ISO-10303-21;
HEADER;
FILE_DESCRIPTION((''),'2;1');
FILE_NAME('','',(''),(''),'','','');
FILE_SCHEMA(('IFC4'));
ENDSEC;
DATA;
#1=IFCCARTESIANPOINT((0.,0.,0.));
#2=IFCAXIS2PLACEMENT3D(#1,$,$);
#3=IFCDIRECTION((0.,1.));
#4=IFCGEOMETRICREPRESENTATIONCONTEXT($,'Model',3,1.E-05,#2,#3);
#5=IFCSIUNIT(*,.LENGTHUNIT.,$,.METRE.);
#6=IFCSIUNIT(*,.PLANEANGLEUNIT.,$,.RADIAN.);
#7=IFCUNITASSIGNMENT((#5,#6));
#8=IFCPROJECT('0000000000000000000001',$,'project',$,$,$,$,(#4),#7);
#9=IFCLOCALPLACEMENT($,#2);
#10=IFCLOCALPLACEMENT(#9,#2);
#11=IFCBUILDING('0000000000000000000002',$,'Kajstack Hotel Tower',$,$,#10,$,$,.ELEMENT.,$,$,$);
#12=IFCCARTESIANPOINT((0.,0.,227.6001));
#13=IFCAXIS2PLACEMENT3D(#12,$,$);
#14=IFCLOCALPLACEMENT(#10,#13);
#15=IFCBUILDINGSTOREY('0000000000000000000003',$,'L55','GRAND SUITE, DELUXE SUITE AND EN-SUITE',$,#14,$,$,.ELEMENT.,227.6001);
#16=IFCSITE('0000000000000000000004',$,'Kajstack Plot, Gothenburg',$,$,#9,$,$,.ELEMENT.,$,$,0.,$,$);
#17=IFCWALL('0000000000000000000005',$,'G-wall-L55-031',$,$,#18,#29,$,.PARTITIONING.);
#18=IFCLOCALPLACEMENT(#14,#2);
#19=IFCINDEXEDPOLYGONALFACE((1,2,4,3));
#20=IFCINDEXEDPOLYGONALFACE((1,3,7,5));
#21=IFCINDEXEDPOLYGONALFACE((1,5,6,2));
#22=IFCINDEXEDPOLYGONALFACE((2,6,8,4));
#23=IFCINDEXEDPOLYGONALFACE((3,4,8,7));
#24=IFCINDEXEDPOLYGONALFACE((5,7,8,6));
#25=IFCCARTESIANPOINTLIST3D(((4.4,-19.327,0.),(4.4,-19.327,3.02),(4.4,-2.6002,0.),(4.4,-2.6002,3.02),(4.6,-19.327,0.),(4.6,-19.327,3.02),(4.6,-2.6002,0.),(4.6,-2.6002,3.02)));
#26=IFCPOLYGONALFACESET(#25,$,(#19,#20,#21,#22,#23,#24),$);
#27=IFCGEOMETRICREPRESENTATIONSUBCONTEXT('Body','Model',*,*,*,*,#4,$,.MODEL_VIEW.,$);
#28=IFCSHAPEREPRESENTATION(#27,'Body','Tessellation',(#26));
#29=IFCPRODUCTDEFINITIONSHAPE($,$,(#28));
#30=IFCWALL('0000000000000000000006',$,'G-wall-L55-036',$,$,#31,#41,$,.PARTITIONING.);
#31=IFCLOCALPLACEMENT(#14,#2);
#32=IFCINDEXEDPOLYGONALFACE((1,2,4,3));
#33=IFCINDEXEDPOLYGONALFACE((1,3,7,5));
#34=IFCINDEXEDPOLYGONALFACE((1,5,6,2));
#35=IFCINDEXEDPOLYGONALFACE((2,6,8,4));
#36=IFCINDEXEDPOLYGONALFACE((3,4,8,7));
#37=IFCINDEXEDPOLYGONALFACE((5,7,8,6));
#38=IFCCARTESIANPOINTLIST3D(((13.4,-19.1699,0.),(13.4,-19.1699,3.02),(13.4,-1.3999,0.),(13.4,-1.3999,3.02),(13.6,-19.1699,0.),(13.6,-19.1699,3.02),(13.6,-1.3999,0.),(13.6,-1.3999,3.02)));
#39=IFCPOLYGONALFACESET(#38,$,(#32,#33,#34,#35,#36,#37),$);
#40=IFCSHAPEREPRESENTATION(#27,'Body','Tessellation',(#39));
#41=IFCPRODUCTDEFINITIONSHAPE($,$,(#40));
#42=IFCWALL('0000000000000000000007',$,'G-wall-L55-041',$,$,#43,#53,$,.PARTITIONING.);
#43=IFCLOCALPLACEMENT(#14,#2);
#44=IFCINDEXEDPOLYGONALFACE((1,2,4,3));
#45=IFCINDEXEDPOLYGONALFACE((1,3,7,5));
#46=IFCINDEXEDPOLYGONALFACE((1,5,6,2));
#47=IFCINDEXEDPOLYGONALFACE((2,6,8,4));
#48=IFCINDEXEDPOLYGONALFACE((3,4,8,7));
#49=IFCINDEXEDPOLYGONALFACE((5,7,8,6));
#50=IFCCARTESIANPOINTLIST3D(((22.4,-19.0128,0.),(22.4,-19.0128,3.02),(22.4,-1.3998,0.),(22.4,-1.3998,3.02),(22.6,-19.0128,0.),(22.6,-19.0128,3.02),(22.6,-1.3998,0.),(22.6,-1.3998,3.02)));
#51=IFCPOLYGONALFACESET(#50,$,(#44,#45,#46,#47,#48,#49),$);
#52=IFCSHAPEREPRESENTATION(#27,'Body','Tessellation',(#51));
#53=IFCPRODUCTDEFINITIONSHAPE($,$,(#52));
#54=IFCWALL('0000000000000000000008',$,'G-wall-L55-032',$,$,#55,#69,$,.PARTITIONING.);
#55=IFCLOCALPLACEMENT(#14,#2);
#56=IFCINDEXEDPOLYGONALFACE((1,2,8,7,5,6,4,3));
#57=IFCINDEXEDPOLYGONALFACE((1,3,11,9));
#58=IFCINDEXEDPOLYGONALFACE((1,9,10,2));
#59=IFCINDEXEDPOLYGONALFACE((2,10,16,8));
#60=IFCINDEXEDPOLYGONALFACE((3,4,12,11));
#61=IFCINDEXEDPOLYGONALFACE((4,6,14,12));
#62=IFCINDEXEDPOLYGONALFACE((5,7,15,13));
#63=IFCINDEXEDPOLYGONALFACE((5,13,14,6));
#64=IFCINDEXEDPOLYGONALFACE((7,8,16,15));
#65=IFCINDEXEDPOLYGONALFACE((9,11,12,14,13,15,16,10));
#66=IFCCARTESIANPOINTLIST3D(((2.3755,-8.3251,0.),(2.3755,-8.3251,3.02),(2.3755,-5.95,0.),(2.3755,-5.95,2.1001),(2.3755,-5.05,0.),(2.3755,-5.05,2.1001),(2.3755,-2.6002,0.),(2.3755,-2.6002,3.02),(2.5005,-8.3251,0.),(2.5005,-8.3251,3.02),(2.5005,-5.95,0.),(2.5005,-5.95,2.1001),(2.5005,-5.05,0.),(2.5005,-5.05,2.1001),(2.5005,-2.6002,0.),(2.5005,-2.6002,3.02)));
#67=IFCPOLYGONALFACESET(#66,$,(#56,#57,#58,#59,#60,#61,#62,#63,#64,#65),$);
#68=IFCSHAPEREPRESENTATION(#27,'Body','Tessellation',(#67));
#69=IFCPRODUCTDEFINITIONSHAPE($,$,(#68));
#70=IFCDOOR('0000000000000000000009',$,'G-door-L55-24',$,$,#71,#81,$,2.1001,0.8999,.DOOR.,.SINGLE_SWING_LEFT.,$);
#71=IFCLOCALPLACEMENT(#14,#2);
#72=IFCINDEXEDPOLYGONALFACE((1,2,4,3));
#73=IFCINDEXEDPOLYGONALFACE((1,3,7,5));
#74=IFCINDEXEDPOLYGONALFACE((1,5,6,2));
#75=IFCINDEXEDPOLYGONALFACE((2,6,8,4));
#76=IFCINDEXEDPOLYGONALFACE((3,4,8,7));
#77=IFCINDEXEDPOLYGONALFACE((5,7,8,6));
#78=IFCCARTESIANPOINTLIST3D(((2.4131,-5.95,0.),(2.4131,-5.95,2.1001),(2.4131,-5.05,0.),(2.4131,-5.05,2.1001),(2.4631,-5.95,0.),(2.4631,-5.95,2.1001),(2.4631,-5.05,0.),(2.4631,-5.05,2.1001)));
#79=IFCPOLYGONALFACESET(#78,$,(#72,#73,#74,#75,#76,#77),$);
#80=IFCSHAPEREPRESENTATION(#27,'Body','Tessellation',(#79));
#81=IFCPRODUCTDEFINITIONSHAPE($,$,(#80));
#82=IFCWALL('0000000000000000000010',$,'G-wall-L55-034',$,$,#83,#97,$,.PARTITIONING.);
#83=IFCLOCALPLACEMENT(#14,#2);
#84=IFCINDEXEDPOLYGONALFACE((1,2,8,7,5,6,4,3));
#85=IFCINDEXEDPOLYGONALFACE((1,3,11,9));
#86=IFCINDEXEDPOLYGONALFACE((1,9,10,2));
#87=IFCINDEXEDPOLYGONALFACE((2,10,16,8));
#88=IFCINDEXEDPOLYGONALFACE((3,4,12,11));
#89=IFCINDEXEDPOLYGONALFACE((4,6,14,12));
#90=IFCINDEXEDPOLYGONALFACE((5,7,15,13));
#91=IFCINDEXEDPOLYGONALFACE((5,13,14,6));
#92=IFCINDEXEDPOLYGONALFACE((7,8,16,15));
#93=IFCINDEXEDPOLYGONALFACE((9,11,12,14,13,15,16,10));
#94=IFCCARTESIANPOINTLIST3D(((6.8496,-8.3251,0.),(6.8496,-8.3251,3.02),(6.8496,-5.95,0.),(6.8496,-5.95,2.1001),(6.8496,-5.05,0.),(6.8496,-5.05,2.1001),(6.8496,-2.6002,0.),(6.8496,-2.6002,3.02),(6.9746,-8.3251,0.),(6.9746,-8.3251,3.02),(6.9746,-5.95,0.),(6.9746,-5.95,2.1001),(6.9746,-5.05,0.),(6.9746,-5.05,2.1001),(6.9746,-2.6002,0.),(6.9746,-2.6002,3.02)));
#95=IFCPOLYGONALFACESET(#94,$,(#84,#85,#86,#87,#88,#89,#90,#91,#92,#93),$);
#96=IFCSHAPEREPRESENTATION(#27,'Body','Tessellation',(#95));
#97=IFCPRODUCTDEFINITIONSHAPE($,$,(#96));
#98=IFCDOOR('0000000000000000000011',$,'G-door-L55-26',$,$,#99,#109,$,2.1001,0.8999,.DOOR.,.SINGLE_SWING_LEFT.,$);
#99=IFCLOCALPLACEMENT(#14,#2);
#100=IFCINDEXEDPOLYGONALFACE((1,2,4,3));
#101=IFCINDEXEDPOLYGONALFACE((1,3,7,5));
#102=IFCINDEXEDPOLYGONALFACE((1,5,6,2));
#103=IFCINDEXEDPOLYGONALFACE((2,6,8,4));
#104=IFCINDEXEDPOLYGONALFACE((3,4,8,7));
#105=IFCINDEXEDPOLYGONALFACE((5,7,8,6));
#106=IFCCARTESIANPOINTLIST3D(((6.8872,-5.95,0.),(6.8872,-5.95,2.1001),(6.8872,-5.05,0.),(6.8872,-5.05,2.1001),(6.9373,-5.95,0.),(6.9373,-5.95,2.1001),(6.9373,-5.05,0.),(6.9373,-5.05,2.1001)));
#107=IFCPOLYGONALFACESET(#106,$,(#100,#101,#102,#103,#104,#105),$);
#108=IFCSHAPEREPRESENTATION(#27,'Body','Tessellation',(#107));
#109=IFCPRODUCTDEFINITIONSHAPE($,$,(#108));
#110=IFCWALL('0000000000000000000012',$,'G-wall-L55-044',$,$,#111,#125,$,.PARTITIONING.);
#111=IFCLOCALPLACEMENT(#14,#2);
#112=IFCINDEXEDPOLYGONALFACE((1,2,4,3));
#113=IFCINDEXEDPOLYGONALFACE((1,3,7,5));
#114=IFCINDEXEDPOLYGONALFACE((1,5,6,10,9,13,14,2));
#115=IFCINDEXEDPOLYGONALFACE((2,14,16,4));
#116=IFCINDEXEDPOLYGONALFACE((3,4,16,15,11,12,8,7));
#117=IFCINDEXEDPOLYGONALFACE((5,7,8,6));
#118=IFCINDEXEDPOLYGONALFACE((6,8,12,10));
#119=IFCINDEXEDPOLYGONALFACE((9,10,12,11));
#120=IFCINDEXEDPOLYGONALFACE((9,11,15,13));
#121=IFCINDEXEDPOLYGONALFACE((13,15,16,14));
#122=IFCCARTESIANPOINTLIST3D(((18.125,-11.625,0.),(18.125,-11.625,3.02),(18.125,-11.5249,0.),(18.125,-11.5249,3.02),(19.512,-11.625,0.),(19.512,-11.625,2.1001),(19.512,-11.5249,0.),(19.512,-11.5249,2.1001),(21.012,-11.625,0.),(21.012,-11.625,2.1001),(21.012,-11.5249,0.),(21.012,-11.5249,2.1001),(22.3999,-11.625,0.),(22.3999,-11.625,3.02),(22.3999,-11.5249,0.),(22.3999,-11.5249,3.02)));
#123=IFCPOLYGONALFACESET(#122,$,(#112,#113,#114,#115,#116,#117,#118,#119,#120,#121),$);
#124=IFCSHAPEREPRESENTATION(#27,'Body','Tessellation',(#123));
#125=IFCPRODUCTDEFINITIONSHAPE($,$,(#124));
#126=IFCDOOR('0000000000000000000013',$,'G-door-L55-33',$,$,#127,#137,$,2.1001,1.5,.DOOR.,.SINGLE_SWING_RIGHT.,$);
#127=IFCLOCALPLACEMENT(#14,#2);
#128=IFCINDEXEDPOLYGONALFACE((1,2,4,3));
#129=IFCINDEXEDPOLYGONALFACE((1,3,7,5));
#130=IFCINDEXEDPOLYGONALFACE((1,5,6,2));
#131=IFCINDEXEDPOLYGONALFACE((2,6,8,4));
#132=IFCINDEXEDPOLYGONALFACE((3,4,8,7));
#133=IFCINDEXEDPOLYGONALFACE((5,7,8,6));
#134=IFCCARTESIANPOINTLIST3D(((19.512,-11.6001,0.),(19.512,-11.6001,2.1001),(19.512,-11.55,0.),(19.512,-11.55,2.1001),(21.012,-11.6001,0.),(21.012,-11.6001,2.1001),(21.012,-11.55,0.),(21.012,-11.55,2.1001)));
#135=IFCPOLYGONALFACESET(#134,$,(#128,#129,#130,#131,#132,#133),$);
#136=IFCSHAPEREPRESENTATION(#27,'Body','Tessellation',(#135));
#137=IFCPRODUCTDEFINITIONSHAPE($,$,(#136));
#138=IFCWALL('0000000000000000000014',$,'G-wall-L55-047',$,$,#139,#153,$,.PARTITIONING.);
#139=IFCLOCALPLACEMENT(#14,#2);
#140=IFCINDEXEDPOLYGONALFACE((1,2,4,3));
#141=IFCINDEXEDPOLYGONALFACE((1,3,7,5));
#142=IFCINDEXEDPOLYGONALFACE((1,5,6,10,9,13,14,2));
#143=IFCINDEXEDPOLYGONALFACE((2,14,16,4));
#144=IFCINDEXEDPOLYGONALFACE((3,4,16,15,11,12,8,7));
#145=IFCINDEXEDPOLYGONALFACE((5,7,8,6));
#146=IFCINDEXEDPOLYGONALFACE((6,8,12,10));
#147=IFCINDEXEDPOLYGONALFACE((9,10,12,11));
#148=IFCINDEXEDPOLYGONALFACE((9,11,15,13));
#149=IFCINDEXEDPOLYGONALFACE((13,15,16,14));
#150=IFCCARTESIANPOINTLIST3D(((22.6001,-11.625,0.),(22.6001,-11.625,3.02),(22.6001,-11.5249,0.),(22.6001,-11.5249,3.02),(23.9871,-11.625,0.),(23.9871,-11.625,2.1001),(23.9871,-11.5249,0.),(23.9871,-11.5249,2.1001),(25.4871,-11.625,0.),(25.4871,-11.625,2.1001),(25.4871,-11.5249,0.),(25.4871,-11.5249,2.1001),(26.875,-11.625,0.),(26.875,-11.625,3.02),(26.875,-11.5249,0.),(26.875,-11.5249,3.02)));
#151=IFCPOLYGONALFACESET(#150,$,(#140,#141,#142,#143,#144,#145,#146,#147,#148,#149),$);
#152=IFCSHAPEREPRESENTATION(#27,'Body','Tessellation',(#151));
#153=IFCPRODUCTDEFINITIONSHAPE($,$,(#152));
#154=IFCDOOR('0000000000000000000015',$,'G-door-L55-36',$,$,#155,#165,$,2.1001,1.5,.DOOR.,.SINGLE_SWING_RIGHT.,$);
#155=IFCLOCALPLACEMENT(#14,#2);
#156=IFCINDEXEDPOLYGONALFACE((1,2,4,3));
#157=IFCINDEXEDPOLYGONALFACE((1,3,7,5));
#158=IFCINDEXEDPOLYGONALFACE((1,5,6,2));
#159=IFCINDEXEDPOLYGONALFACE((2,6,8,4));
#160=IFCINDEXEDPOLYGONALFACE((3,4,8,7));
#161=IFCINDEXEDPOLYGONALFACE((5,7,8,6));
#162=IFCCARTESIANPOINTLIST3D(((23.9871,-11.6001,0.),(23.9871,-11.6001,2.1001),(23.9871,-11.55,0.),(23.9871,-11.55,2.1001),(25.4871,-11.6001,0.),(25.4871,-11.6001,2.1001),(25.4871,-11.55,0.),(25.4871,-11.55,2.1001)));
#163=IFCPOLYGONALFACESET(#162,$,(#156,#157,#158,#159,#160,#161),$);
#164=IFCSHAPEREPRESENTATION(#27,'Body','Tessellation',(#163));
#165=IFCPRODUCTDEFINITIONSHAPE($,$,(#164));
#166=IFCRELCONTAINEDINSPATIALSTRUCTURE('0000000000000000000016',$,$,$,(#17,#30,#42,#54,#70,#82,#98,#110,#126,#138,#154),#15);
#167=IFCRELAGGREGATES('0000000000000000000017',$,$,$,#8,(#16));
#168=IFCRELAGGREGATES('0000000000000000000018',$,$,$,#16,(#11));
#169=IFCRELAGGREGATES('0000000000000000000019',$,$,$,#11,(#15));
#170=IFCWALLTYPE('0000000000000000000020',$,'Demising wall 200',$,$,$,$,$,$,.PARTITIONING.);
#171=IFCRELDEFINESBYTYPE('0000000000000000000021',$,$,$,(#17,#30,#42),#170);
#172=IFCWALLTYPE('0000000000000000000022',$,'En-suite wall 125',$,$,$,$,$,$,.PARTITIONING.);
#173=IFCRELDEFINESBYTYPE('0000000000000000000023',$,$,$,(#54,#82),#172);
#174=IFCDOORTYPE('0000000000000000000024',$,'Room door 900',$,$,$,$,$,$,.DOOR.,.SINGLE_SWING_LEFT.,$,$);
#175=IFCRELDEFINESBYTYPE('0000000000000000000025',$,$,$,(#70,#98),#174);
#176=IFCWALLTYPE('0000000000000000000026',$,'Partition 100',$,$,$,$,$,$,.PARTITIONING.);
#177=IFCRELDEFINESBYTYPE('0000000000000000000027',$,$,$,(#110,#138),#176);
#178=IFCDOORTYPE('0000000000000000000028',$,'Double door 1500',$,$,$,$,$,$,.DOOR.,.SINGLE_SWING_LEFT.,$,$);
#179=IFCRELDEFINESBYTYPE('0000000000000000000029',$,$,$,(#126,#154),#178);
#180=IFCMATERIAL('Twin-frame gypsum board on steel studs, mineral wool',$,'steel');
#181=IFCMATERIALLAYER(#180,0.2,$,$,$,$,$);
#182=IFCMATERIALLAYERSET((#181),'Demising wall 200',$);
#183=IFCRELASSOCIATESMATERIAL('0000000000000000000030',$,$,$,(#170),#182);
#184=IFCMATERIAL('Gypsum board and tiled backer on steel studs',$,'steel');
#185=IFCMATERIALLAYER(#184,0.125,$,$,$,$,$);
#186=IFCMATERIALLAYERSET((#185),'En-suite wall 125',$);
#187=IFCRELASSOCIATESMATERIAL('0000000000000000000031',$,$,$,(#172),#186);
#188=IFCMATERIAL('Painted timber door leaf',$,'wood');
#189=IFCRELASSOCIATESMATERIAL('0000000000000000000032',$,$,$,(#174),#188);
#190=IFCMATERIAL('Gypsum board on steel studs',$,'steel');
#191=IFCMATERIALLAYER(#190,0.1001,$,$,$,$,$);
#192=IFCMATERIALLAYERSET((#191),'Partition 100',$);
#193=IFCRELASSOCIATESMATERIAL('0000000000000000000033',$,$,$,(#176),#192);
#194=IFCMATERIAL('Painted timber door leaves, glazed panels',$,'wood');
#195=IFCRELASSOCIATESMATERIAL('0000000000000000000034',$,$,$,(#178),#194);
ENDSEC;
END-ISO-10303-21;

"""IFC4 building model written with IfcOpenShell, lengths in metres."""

from ifc_helpers import new_model, si_unit, direction, frame, frame_2d, origin, place, context, subcontext, project, spatial, rectangle, extrude, material, layer, layer_set, type_object, element, fill, save


model = new_model("IFC4")

# Units and contexts
model_context = context("Model", 3, precision=1e-05, world=origin(), true_north=direction((0.0, 1.0)))
body_context = subcontext(model_context, "Body", "Model", "MODEL_VIEW")
ifc_project = project(units=[si_unit("LENGTHUNIT", "METRE"), si_unit("PLANEANGLEUNIT", "RADIAN")], contexts=[model_context])

# Site, building, storey
site_placement = place(None, origin())
site = spatial("IfcSite", under=ifc_project, at=site_placement, Name="Kajstack Plot, Gothenburg", CompositionType="ELEMENT", RefElevation=0.0)
building_placement = place(site_placement, origin())
building = spatial("IfcBuilding", under=site, at=building_placement, Name="Kajstack Hotel Tower", CompositionType="ELEMENT")
storey_placement = place(building_placement, frame((0.0, 0.0, 227.6001)))
storey = spatial("IfcBuildingStorey", under=building, at=storey_placement, Name="L55", Description="GRAND SUITE, DELUXE SUITE AND EN-SUITE", CompositionType="ELEMENT", Elevation=227.6001)

# Walls
ifc_material_1 = material(Name="Twin-frame gypsum board on steel studs, mineral wool", Category="steel")
ifc_layer_1 = layer(ifc_material_1, 0.2)
ifc_layer_set_1 = layer_set([ifc_layer_1], Name="Demising wall 200")
wall_type_1 = type_object("IfcWallType", Name="Demising wall 200", PredefinedType="PARTITIONING", material=ifc_layer_set_1)
wall_1_placement = place(storey_placement, frame((4.5, -19.3269, 0.0), z_axis=(0.0, 0.0, 1.0), x_axis=(0.0, 1.0, 0.0)))
element("IfcWall", 1, at=wall_1_placement, inside=storey, type_object=wall_type_1, Name="G-wall-L55-031", PredefinedType="PARTITIONING", context=body_context, shape_type="SweptSolid", body=[
    extrude(rectangle(XDim=16.7268, YDim=0.2, at=frame_2d((8.3633, 0.0))), origin(), (0.0, 0.0, 1.0), 3.02),
])
wall_2_placement = place(storey_placement, frame((13.5, -19.1699, 0.0), z_axis=(0.0, 0.0, 1.0), x_axis=(0.0, 1.0, 0.0)))
element("IfcWall", 2, at=wall_2_placement, inside=storey, type_object=wall_type_1, Name="G-wall-L55-036", PredefinedType="PARTITIONING", context=body_context, shape_type="SweptSolid", body=[
    extrude(rectangle(XDim=17.77, YDim=0.2, at=frame_2d((8.885, 0.0))), origin(), (0.0, 0.0, 1.0), 3.02),
])
wall_3_placement = place(storey_placement, frame((22.5, -19.0129, 0.0), z_axis=(0.0, 0.0, 1.0), x_axis=(0.0, 1.0, 0.0)))
element("IfcWall", 3, at=wall_3_placement, inside=storey, type_object=wall_type_1, Name="G-wall-L55-041", PredefinedType="PARTITIONING", context=body_context, shape_type="SweptSolid", body=[
    extrude(rectangle(XDim=17.613, YDim=0.2, at=frame_2d((8.8066, 0.0))), origin(), (0.0, 0.0, 1.0), 3.02),
])

# Walls, openings, doors
ifc_material_2 = material(Name="Gypsum board and tiled backer on steel studs", Category="steel")
ifc_layer_2 = layer(ifc_material_2, 0.125)
ifc_layer_set_2 = layer_set([ifc_layer_2], Name="En-suite wall 125")
wall_type_2 = type_object("IfcWallType", Name="En-suite wall 125", PredefinedType="PARTITIONING", material=ifc_layer_set_2)
wall_4_placement = place(storey_placement, frame((2.438, -8.325, 0.0), z_axis=(0.0, 0.0, 1.0), x_axis=(0.0, 1.0, 0.0)))
wall_4 = element("IfcWall", 4, at=wall_4_placement, inside=storey, type_object=wall_type_2, Name="G-wall-L55-032", PredefinedType="PARTITIONING", context=body_context, shape_type="SweptSolid", body=[
    extrude(rectangle(XDim=5.7249, YDim=0.125, at=frame_2d((2.8623, 0.0))), origin(), (0.0, 0.0, 1.0), 3.02),
])
opening_1_placement = place(wall_4_placement, frame((2.375, 0.0, 0.0)))
opening_1 = element("IfcOpeningElement", 5, at=opening_1_placement, cuts=wall_4, PredefinedType="OPENING", context=body_context, shape_type="SweptSolid", body=[
    extrude(rectangle(XDim=0.8999, YDim=2.1001, at=frame_2d((0.45, 1.05))), frame((0.0, 0.0725, 0.0), z_axis=(0.0, -1.0, 0.0), x_axis=(1.0, 0.0, 0.0)), (0.0, 0.0, 1.0), 0.145),
])
ifc_material_3 = material(Name="Painted timber door leaf", Category="wood")
door_type_1 = type_object("IfcDoorType", Name="Room door 900", OperationType="SINGLE_SWING_LEFT", PredefinedType="DOOR", material=ifc_material_3)
door_1_placement = place(opening_1_placement, origin())
door_1 = element("IfcDoor", 6, at=door_1_placement, inside=storey, type_object=door_type_1, Name="G-door-L55-24", OperationType="SINGLE_SWING_LEFT", OverallHeight=2.1001, OverallWidth=0.8999, PredefinedType="DOOR", context=body_context, shape_type="SweptSolid", body=[
    extrude(rectangle(XDim=0.8999, YDim=2.1001, at=frame_2d((0.45, 1.05))), frame((0.0, 0.0249, 0.0), z_axis=(0.0, -1.0, 0.0), x_axis=(1.0, 0.0, 0.0)), (0.0, 0.0, 1.0), 0.05),
])
fill(opening_1, door_1)
wall_5_placement = place(storey_placement, frame((6.9121, -8.325, 0.0), z_axis=(0.0, 0.0, 1.0), x_axis=(0.0, 1.0, 0.0)))
wall_5 = element("IfcWall", 7, at=wall_5_placement, inside=storey, type_object=wall_type_2, Name="G-wall-L55-034", PredefinedType="PARTITIONING", context=body_context, shape_type="SweptSolid", body=[
    extrude(rectangle(XDim=5.7249, YDim=0.125, at=frame_2d((2.8623, 0.0))), origin(), (0.0, 0.0, 1.0), 3.02),
])
opening_2_placement = place(wall_5_placement, frame((2.375, 0.0, 0.0)))
opening_2 = element("IfcOpeningElement", 8, at=opening_2_placement, cuts=wall_5, PredefinedType="OPENING", context=body_context, shape_type="SweptSolid", body=[
    extrude(rectangle(XDim=0.8999, YDim=2.1001, at=frame_2d((0.45, 1.05))), frame((0.0, 0.0725, 0.0), z_axis=(0.0, -1.0, 0.0), x_axis=(1.0, 0.0, 0.0)), (0.0, 0.0, 1.0), 0.145),
])
door_2_placement = place(opening_2_placement, origin())
door_2 = element("IfcDoor", 9, at=door_2_placement, inside=storey, type_object=door_type_1, Name="G-door-L55-26", OperationType="SINGLE_SWING_LEFT", OverallHeight=2.1001, OverallWidth=0.8999, PredefinedType="DOOR", context=body_context, shape_type="SweptSolid", body=[
    extrude(rectangle(XDim=0.8999, YDim=2.1001, at=frame_2d((0.45, 1.05))), frame((0.0, 0.0249, 0.0), z_axis=(0.0, -1.0, 0.0), x_axis=(1.0, 0.0, 0.0)), (0.0, 0.0, 1.0), 0.05),
])
fill(opening_2, door_2)
ifc_material_4 = material(Name="Gypsum board on steel studs", Category="steel")
ifc_layer_3 = layer(ifc_material_4, 0.1001)
ifc_layer_set_3 = layer_set([ifc_layer_3], Name="Partition 100")
wall_type_3 = type_object("IfcWallType", Name="Partition 100", PredefinedType="PARTITIONING", material=ifc_layer_set_3)
wall_6_placement = place(storey_placement, frame((18.125, -11.575, 0.0), z_axis=(0.0, 0.0, 1.0), x_axis=(1.0, 0.0, 0.0)))
wall_6 = element("IfcWall", 10, at=wall_6_placement, inside=storey, type_object=wall_type_3, Name="G-wall-L55-044", PredefinedType="PARTITIONING", context=body_context, shape_type="SweptSolid", body=[
    extrude(rectangle(XDim=4.2749, YDim=0.1001, at=frame_2d((2.1375, 0.0))), origin(), (0.0, 0.0, 1.0), 3.02),
])
opening_3_placement = place(wall_6_placement, frame((1.387, 0.0, 0.0)))
opening_3 = element("IfcOpeningElement", 11, at=opening_3_placement, cuts=wall_6, PredefinedType="OPENING", context=body_context, shape_type="SweptSolid", body=[
    extrude(rectangle(XDim=1.5, YDim=2.1001, at=frame_2d((0.75, 1.05))), frame((0.0, 0.0601, 0.0), z_axis=(0.0, -1.0, 0.0), x_axis=(1.0, 0.0, 0.0)), (0.0, 0.0, 1.0), 0.1201),
])
ifc_material_5 = material(Name="Painted timber door leaves, glazed panels", Category="wood")
door_type_2 = type_object("IfcDoorType", Name="Double door 1500", OperationType="SINGLE_SWING_LEFT", PredefinedType="DOOR", material=ifc_material_5)
door_3_placement = place(opening_3_placement, origin())
door_3 = element("IfcDoor", 12, at=door_3_placement, inside=storey, type_object=door_type_2, Name="G-door-L55-33", OperationType="SINGLE_SWING_RIGHT", OverallHeight=2.1001, OverallWidth=1.5, PredefinedType="DOOR", context=body_context, shape_type="SweptSolid", body=[
    extrude(rectangle(XDim=1.5, YDim=2.1001, at=frame_2d((0.75, 1.05))), frame((0.0, 0.0249, 0.0), z_axis=(0.0, -1.0, 0.0), x_axis=(1.0, 0.0, 0.0)), (0.0, 0.0, 1.0), 0.05),
])
fill(opening_3, door_3)
wall_7_placement = place(storey_placement, frame((22.6001, -11.575, 0.0), z_axis=(0.0, 0.0, 1.0), x_axis=(1.0, 0.0, 0.0)))
wall_7 = element("IfcWall", 13, at=wall_7_placement, inside=storey, type_object=wall_type_3, Name="G-wall-L55-047", PredefinedType="PARTITIONING", context=body_context, shape_type="SweptSolid", body=[
    extrude(rectangle(XDim=4.2749, YDim=0.1001, at=frame_2d((2.1375, 0.0))), origin(), (0.0, 0.0, 1.0), 3.02),
])
opening_4_placement = place(wall_7_placement, frame((1.387, 0.0, 0.0)))
opening_4 = element("IfcOpeningElement", 14, at=opening_4_placement, cuts=wall_7, PredefinedType="OPENING", context=body_context, shape_type="SweptSolid", body=[
    extrude(rectangle(XDim=1.5, YDim=2.1001, at=frame_2d((0.75, 1.05))), frame((0.0, 0.0601, 0.0), z_axis=(0.0, -1.0, 0.0), x_axis=(1.0, 0.0, 0.0)), (0.0, 0.0, 1.0), 0.1201),
])
door_4_placement = place(opening_4_placement, origin())
door_4 = element("IfcDoor", 15, at=door_4_placement, inside=storey, type_object=door_type_2, Name="G-door-L55-36", OperationType="SINGLE_SWING_RIGHT", OverallHeight=2.1001, OverallWidth=1.5, PredefinedType="DOOR", context=body_context, shape_type="SweptSolid", body=[
    extrude(rectangle(XDim=1.5, YDim=2.1001, at=frame_2d((0.75, 1.05))), frame((0.0, 0.0249, 0.0), z_axis=(0.0, -1.0, 0.0), x_axis=(1.0, 0.0, 0.0)), (0.0, 0.0, 1.0), 0.05),
])
fill(opening_4, door_4)

save(model, "model.ifc")
